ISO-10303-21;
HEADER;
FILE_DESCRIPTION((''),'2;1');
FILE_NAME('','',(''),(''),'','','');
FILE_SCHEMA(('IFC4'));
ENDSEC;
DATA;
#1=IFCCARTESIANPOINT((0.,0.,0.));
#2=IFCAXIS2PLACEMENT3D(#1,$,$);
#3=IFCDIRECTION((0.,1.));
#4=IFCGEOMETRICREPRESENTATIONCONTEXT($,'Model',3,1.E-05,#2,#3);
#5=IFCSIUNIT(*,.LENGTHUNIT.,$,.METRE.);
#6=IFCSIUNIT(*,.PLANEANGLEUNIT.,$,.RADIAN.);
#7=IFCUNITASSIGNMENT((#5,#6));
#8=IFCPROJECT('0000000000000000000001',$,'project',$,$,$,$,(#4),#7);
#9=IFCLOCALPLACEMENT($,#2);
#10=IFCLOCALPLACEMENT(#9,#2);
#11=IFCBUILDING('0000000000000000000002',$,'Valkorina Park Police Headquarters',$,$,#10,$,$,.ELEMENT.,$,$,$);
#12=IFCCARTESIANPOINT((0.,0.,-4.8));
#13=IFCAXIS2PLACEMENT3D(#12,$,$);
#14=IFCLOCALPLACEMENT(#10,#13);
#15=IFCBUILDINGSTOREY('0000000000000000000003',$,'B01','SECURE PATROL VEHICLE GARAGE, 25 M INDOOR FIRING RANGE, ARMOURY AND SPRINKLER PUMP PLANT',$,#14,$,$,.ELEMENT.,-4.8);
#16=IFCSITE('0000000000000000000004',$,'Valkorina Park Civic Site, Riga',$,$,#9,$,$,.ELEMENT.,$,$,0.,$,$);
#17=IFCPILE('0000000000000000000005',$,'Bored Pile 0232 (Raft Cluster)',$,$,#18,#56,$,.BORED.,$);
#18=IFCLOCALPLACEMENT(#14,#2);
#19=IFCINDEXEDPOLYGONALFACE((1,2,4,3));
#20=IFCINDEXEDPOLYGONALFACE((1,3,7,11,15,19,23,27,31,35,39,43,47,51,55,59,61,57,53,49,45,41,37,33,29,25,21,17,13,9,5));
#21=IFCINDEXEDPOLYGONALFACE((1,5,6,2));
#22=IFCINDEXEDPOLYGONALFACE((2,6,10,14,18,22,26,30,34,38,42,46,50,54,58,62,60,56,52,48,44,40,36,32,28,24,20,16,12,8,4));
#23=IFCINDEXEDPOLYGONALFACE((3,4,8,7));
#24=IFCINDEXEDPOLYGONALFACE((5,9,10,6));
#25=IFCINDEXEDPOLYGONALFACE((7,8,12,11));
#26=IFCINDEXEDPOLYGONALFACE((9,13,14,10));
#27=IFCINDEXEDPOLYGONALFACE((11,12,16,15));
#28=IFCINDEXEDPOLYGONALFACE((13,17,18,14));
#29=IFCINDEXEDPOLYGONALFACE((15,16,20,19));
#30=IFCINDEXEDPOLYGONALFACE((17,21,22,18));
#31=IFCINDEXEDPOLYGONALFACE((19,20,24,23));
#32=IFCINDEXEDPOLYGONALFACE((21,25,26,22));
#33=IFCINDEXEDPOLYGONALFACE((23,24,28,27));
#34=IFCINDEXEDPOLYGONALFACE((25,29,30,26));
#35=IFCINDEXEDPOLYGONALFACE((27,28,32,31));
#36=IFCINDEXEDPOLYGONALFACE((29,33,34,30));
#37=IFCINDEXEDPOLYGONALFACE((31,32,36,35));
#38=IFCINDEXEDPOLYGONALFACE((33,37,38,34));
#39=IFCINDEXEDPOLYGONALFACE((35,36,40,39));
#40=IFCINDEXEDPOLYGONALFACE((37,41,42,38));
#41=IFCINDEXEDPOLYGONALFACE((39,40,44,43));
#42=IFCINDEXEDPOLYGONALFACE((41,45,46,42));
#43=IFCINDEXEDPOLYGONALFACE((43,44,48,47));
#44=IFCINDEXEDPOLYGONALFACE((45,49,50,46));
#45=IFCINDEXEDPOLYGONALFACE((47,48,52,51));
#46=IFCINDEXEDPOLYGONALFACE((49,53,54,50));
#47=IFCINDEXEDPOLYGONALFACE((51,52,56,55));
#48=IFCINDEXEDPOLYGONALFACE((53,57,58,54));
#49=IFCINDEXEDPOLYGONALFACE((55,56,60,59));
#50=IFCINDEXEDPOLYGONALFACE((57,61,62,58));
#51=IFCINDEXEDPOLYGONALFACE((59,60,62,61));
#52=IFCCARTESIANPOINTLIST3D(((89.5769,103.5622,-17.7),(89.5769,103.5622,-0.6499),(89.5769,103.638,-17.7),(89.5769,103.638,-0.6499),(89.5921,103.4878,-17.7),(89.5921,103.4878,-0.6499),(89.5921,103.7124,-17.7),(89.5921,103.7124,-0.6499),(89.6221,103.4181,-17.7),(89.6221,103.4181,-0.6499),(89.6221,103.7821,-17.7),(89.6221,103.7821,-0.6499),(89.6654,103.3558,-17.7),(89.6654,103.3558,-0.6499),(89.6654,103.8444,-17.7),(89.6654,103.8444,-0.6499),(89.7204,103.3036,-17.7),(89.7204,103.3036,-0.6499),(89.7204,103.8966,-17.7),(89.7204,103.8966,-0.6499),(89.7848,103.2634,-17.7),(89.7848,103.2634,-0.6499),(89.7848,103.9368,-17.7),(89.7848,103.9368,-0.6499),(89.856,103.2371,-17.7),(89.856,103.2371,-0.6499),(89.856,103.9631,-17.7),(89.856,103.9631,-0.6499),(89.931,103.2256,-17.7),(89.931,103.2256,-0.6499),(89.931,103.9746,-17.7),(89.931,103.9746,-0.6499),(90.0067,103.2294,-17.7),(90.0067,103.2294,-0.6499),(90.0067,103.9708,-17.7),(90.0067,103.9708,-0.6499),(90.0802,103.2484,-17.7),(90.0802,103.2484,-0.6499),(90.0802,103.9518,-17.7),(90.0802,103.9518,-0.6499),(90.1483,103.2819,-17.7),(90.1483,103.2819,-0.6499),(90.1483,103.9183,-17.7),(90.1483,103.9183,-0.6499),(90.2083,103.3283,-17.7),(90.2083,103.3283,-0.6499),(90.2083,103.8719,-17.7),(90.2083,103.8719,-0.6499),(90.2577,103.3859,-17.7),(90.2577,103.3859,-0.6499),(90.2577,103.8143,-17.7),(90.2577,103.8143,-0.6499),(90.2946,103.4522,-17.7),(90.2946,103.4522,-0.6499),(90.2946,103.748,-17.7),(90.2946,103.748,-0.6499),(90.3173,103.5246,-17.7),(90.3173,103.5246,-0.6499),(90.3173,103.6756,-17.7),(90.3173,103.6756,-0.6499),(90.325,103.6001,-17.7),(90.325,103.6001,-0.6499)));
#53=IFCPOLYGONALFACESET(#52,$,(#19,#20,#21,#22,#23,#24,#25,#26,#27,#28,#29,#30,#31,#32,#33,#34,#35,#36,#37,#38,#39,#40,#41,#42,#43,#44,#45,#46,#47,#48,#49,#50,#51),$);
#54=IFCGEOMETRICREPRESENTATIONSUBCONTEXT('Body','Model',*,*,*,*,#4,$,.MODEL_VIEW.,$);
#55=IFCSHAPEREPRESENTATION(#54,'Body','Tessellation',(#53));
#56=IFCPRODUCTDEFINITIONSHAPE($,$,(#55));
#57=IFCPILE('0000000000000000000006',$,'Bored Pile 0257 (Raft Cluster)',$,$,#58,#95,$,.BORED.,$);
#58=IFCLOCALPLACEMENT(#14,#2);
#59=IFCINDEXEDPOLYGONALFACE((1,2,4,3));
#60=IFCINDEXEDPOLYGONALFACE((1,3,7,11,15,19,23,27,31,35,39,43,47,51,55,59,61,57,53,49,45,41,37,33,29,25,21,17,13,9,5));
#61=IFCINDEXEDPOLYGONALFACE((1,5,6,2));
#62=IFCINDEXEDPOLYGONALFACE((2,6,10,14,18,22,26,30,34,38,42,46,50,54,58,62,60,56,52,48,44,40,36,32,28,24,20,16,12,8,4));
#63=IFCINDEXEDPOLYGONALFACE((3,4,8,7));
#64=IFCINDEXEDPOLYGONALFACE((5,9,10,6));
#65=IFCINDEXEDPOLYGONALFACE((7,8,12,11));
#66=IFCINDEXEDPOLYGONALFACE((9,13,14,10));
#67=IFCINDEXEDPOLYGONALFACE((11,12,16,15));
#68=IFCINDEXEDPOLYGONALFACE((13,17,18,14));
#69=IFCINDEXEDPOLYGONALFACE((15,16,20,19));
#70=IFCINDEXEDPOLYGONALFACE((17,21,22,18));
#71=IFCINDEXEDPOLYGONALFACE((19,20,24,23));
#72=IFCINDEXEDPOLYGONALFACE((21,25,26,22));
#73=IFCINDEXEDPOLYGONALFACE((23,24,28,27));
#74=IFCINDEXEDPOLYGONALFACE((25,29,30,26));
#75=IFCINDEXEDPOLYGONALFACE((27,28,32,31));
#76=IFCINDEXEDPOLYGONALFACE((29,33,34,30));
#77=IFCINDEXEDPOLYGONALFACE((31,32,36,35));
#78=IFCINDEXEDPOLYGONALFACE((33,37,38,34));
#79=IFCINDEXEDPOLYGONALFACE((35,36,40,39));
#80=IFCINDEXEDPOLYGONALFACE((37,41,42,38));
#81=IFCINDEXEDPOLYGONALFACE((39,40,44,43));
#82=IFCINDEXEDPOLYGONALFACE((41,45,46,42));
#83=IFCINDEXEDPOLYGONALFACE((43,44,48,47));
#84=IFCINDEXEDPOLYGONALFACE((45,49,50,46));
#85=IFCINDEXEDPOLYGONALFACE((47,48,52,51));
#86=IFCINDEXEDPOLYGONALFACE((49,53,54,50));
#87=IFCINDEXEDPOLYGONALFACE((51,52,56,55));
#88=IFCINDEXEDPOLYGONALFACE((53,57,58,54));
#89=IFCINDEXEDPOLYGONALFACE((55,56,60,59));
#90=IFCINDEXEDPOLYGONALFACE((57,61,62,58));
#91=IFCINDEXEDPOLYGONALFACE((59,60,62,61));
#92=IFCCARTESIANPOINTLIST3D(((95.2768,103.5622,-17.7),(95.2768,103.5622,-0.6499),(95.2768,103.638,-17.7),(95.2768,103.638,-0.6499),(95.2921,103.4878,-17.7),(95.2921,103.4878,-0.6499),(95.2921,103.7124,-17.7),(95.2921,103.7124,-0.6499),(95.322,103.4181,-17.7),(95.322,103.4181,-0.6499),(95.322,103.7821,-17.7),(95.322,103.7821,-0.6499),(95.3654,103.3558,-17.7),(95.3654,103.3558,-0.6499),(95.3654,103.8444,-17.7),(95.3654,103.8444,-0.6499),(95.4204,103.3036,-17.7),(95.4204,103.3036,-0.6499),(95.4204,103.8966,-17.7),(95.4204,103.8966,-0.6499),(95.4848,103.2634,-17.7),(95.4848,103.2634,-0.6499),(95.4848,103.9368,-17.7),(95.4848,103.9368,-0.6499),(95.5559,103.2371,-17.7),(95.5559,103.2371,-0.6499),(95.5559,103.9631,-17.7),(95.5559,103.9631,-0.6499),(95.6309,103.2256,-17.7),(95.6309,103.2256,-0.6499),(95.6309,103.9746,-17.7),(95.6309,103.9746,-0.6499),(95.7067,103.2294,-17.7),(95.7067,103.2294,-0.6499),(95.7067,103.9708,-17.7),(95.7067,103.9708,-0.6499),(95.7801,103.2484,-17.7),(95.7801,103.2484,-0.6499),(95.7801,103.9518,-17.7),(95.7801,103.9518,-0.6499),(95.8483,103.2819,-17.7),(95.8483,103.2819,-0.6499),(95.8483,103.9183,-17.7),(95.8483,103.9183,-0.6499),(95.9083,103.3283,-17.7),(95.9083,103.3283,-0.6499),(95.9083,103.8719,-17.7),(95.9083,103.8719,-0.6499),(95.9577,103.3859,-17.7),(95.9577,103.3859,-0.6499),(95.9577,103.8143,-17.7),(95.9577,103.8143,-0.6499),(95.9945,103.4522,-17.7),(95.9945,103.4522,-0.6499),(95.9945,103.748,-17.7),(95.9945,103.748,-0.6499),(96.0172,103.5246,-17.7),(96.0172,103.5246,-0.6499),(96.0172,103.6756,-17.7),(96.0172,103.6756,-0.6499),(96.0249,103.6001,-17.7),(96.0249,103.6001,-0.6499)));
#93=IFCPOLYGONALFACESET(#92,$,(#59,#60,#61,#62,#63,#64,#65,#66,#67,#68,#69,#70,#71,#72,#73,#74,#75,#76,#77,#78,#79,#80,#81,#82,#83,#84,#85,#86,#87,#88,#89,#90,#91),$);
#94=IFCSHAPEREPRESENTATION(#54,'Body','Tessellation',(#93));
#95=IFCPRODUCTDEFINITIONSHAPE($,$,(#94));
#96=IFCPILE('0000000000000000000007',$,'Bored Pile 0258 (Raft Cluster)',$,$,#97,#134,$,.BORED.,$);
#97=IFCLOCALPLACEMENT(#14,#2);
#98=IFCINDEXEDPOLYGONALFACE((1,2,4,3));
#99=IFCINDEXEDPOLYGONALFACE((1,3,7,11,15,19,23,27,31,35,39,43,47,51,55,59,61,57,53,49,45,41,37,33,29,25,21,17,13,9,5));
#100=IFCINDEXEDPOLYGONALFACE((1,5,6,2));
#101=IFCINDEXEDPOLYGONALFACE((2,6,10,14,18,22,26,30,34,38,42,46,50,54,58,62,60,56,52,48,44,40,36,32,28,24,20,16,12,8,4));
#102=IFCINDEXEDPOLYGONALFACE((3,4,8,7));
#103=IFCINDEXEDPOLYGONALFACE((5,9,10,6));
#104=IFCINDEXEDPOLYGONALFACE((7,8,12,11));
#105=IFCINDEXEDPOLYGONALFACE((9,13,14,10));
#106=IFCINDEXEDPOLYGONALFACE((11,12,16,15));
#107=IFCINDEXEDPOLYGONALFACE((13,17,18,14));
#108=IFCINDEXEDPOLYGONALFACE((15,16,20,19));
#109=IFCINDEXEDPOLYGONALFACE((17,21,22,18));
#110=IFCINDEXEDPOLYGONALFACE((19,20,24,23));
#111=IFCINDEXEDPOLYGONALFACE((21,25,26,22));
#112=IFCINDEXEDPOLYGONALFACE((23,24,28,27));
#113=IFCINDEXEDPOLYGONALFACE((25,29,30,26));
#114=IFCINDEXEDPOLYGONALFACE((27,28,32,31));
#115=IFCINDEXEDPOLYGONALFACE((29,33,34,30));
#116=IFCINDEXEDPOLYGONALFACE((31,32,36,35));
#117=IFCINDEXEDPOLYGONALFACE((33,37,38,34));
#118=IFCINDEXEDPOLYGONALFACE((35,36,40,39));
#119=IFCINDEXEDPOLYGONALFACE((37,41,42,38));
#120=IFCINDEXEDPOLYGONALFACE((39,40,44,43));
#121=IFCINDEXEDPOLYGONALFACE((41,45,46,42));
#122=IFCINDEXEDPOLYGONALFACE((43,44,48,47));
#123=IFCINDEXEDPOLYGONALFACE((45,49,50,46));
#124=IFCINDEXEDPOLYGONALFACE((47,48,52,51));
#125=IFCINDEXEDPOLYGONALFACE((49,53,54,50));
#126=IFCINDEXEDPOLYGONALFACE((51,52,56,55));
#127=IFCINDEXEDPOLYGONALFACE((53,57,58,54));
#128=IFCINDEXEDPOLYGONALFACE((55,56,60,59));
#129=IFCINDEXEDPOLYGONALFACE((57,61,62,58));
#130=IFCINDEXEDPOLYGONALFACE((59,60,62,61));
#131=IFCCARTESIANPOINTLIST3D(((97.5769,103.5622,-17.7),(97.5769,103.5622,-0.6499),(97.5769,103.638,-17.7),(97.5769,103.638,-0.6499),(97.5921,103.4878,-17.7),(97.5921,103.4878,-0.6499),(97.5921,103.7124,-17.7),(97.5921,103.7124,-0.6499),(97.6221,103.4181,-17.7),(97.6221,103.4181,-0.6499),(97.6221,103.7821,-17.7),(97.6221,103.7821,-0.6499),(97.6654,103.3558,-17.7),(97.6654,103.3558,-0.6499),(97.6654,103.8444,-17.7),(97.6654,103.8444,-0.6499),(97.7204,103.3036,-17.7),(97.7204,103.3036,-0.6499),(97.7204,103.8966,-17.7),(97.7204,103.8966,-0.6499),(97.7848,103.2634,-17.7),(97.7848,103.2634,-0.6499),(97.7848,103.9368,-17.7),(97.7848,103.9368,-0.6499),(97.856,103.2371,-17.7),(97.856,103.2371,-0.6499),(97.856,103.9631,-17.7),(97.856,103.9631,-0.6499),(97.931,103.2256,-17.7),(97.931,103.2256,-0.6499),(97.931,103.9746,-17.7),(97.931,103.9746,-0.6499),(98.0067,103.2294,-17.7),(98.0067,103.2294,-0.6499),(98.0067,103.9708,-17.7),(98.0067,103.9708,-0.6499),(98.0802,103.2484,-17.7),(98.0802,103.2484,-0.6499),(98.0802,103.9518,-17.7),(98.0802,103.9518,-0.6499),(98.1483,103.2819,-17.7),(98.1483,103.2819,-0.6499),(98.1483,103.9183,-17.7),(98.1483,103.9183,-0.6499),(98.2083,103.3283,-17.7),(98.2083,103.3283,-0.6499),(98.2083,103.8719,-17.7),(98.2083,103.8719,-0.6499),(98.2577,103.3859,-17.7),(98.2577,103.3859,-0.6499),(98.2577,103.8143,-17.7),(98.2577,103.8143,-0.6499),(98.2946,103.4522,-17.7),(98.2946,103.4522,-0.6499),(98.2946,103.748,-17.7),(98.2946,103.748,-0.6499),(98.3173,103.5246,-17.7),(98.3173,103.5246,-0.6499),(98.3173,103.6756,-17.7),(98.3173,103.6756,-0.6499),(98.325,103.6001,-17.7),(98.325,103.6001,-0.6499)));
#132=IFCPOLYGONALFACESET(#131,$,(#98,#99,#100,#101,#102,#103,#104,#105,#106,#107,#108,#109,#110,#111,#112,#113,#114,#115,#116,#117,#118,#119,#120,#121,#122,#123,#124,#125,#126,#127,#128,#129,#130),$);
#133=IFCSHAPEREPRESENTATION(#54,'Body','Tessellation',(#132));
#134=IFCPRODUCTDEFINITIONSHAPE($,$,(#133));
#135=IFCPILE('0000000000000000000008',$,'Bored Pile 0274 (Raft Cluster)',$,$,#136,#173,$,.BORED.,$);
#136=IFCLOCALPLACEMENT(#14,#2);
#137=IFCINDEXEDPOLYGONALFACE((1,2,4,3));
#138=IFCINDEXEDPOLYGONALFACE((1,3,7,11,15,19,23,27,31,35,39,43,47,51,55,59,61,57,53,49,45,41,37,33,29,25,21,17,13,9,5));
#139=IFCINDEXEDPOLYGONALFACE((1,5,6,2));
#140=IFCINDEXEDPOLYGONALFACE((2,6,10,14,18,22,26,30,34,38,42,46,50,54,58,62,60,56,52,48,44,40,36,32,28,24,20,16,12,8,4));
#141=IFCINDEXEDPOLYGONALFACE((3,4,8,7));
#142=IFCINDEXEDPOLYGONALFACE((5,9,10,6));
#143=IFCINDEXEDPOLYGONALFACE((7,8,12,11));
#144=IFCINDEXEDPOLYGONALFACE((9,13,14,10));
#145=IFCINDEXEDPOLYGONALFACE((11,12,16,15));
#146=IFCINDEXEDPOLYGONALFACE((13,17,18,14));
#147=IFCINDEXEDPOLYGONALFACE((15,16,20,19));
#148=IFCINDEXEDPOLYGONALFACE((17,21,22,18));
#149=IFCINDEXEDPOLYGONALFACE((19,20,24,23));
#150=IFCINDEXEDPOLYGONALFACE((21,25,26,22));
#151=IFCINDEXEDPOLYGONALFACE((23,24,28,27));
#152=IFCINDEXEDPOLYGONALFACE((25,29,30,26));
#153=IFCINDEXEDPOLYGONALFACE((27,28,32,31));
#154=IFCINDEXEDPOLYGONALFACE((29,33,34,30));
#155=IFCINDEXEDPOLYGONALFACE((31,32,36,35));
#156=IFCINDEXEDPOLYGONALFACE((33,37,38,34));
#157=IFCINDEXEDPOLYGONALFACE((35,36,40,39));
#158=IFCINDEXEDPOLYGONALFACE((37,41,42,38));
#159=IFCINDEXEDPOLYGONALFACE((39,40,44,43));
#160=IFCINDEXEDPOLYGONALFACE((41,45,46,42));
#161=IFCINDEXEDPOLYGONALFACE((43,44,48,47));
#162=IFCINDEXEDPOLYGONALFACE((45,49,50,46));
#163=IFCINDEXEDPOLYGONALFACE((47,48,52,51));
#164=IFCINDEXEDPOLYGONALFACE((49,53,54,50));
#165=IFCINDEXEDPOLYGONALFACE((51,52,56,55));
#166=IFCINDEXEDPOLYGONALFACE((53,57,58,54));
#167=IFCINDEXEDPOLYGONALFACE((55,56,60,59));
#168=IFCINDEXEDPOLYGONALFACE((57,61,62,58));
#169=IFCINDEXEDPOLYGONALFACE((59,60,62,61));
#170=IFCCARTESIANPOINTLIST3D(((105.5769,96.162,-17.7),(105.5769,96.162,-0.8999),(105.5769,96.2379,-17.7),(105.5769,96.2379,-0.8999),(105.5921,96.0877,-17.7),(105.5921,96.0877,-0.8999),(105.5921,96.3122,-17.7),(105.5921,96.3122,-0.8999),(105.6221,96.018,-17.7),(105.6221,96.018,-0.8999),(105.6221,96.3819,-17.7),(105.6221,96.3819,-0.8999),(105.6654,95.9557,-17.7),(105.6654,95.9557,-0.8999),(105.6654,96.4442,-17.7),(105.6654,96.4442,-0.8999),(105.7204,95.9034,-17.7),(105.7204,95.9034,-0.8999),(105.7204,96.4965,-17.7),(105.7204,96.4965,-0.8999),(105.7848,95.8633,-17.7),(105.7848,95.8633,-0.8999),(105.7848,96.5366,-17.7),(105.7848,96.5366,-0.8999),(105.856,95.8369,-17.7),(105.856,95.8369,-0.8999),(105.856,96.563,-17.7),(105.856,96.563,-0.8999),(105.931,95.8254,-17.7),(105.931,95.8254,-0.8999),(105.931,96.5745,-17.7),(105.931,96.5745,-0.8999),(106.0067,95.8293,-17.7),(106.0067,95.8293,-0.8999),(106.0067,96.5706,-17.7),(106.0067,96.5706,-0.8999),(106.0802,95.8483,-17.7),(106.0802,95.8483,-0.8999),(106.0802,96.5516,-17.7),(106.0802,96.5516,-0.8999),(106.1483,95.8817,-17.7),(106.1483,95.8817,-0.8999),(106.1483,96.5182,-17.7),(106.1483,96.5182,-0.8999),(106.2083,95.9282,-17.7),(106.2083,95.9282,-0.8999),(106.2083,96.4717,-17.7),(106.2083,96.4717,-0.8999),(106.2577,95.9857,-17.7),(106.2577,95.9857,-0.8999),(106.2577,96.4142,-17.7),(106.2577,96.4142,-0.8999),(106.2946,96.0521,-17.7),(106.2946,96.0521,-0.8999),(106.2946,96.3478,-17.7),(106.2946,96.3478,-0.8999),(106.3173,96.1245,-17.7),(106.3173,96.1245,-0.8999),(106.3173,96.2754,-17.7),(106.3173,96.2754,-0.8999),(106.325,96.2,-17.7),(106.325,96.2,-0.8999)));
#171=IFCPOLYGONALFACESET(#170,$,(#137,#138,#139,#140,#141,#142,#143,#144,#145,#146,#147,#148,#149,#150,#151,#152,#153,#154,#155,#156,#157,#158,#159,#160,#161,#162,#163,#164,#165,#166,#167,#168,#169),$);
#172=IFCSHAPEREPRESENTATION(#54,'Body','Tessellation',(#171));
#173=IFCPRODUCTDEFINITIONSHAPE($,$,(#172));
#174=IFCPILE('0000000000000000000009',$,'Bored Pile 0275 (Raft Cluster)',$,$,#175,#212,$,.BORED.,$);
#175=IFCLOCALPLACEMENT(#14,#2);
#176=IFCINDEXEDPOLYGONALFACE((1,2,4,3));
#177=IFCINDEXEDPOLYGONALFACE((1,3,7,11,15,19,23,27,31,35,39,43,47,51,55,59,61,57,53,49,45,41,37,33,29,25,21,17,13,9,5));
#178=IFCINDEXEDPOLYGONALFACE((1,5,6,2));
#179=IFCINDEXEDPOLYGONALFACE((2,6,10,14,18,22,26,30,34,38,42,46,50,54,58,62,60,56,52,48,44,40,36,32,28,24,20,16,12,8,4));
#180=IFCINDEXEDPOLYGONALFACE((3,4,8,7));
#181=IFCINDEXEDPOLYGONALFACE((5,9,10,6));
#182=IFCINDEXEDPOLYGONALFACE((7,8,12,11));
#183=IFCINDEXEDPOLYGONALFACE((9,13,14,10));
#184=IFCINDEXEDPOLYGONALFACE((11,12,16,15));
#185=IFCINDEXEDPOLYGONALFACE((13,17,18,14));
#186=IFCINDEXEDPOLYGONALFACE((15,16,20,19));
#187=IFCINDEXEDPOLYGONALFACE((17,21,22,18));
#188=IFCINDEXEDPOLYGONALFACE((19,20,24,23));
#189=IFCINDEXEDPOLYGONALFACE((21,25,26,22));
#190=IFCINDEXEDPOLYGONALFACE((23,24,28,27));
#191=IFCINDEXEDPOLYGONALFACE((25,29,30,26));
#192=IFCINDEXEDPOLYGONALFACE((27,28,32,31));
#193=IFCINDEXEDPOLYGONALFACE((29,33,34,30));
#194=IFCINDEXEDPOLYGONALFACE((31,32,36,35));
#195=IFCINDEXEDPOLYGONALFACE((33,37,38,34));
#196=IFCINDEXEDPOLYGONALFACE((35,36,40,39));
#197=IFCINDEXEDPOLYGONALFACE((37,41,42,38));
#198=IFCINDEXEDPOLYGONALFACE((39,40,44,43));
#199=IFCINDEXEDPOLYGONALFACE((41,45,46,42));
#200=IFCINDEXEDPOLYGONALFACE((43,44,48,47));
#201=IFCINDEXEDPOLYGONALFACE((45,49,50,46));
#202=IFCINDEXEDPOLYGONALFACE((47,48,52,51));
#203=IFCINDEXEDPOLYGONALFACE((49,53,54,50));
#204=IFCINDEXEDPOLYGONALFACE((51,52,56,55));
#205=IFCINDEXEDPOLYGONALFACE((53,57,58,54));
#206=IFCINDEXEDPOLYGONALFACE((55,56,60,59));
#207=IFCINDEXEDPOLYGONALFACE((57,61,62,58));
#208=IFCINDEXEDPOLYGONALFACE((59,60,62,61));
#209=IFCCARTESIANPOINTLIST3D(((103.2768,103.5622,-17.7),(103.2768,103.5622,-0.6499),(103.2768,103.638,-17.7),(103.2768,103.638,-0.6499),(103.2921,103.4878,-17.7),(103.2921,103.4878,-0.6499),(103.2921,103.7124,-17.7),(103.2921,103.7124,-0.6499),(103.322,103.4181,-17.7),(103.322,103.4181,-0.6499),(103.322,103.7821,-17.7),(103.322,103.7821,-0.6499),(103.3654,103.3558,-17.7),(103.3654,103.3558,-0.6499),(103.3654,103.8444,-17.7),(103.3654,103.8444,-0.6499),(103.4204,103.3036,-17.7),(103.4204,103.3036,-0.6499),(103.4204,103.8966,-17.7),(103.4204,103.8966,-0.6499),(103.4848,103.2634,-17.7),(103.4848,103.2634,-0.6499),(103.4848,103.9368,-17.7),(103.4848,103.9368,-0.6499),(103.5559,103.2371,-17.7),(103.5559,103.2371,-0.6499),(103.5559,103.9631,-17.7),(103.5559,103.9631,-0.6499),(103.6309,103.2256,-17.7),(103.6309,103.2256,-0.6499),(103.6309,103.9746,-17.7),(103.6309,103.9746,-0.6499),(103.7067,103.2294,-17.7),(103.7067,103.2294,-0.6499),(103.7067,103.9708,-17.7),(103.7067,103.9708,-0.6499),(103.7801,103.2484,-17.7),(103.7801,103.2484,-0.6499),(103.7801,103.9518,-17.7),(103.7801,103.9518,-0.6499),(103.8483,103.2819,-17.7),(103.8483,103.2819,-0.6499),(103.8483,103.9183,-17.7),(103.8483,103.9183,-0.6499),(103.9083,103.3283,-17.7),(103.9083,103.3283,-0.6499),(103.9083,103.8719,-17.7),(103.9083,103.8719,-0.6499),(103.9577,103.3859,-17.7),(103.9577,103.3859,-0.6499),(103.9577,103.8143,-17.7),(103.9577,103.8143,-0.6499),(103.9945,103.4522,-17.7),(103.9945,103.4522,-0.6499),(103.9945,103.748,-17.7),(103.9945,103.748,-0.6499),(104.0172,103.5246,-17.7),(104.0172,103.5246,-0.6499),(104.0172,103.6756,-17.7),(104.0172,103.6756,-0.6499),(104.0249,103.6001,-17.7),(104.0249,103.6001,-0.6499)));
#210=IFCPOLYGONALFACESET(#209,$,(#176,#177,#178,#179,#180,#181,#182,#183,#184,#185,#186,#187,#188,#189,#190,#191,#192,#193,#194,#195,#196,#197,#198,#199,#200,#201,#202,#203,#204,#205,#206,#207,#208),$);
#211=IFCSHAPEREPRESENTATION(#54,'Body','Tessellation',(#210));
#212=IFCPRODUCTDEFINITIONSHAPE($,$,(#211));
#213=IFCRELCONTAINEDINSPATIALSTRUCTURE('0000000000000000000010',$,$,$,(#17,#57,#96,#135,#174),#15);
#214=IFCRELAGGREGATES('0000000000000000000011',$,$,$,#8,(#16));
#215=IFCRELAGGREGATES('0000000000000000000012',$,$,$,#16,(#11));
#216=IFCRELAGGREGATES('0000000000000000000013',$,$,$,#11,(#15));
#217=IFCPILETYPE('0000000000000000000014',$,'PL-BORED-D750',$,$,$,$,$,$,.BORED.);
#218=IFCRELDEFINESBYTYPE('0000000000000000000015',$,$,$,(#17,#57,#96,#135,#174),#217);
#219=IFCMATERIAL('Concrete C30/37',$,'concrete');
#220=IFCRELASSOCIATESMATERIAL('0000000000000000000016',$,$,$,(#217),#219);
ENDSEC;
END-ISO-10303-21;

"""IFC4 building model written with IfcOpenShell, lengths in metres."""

from ifc_helpers import new_model, si_unit, direction, frame, origin, origin_2d, place, context, subcontext, project, spatial, circle, extrude, material, material_profile, profile_set, type_object, element, save


model = new_model("IFC4")

# Units and contexts
model_context = context("Model", 3, precision=1e-05, world=origin(), true_north=direction((0.0, 1.0)))
body_context = subcontext(model_context, "Body", "Model", "MODEL_VIEW")
ifc_project = project(units=[si_unit("LENGTHUNIT", "METRE"), si_unit("PLANEANGLEUNIT", "RADIAN")], contexts=[model_context])

# Site, building, storey
site_placement = place(None, origin())
site = spatial("IfcSite", under=ifc_project, at=site_placement, Name="Valkorina Park Civic Site, Riga", CompositionType="ELEMENT", RefElevation=0.0)
building_placement = place(site_placement, origin())
building = spatial("IfcBuilding", under=site, at=building_placement, Name="Valkorina Park Police Headquarters", CompositionType="ELEMENT")
storey_placement = place(building_placement, frame((0.0, 0.0, -4.8)))
storey = spatial("IfcBuildingStorey", under=building, at=storey_placement, Name="B01", Description="SECURE PATROL VEHICLE GARAGE, 25 M INDOOR FIRING RANGE, ARMOURY AND SPRINKLER PUMP PLANT", CompositionType="ELEMENT", Elevation=-4.8)

# Piles
ifc_material_1 = material(Name="Concrete C30/37", Category="concrete")
ifc_material_profile_1 = material_profile(ifc_material_1, circle(Radius=0.375, at=origin_2d()), Name="BORED PILE D750")
ifc_profile_set_1 = profile_set([ifc_material_profile_1], Name="Concrete C30/37")
pile_type = type_object("IfcPileType", Name="PL-BORED-D750", PredefinedType="BORED", material=ifc_profile_set_1)
for number, where, z_axis, x_axis, name in (
    (1, (89.95, 103.6001, -0.6499), (0.0, 0.0, -1.0), (1.0, 0.0, 0.0), "Bored Pile 0232 (Raft Cluster)"),
    (2, (95.6499, 103.6001, -0.6499), (0.0, 0.0, -1.0), (1.0, 0.0, 0.0), "Bored Pile 0257 (Raft Cluster)"),
    (3, (97.95, 103.6001, -0.6499), (0.0, 0.0, -1.0), (1.0, 0.0, 0.0), "Bored Pile 0258 (Raft Cluster)"),
):
    element("IfcPile", number, at=place(storey_placement, frame(where, z_axis=z_axis, x_axis=x_axis)), inside=storey, type_object=pile_type, Name=name, PredefinedType="BORED", context=body_context, shape_type="SweptSolid", body=[
        extrude(circle(Radius=0.375, at=origin_2d()), origin(), (0.0, 0.0, 1.0), 17.05),
    ])
pile_1_placement = place(storey_placement, frame((105.95, 96.2, -0.8999), z_axis=(0.0, 0.0, -1.0), x_axis=(1.0, 0.0, 0.0)))
element("IfcPile", 4, at=pile_1_placement, inside=storey, type_object=pile_type, Name="Bored Pile 0274 (Raft Cluster)", PredefinedType="BORED", context=body_context, shape_type="SweptSolid", body=[
    extrude(circle(Radius=0.375, at=origin_2d()), origin(), (0.0, 0.0, 1.0), 16.8),
])
pile_2_placement = place(storey_placement, frame((103.6499, 103.6001, -0.6499), z_axis=(0.0, 0.0, -1.0), x_axis=(1.0, 0.0, 0.0)))
element("IfcPile", 5, at=pile_2_placement, inside=storey, type_object=pile_type, Name="Bored Pile 0275 (Raft Cluster)", PredefinedType="BORED", context=body_context, shape_type="SweptSolid", body=[
    extrude(circle(Radius=0.375, at=origin_2d()), origin(), (0.0, 0.0, 1.0), 17.05),
])

save(model, "model.ifc")
